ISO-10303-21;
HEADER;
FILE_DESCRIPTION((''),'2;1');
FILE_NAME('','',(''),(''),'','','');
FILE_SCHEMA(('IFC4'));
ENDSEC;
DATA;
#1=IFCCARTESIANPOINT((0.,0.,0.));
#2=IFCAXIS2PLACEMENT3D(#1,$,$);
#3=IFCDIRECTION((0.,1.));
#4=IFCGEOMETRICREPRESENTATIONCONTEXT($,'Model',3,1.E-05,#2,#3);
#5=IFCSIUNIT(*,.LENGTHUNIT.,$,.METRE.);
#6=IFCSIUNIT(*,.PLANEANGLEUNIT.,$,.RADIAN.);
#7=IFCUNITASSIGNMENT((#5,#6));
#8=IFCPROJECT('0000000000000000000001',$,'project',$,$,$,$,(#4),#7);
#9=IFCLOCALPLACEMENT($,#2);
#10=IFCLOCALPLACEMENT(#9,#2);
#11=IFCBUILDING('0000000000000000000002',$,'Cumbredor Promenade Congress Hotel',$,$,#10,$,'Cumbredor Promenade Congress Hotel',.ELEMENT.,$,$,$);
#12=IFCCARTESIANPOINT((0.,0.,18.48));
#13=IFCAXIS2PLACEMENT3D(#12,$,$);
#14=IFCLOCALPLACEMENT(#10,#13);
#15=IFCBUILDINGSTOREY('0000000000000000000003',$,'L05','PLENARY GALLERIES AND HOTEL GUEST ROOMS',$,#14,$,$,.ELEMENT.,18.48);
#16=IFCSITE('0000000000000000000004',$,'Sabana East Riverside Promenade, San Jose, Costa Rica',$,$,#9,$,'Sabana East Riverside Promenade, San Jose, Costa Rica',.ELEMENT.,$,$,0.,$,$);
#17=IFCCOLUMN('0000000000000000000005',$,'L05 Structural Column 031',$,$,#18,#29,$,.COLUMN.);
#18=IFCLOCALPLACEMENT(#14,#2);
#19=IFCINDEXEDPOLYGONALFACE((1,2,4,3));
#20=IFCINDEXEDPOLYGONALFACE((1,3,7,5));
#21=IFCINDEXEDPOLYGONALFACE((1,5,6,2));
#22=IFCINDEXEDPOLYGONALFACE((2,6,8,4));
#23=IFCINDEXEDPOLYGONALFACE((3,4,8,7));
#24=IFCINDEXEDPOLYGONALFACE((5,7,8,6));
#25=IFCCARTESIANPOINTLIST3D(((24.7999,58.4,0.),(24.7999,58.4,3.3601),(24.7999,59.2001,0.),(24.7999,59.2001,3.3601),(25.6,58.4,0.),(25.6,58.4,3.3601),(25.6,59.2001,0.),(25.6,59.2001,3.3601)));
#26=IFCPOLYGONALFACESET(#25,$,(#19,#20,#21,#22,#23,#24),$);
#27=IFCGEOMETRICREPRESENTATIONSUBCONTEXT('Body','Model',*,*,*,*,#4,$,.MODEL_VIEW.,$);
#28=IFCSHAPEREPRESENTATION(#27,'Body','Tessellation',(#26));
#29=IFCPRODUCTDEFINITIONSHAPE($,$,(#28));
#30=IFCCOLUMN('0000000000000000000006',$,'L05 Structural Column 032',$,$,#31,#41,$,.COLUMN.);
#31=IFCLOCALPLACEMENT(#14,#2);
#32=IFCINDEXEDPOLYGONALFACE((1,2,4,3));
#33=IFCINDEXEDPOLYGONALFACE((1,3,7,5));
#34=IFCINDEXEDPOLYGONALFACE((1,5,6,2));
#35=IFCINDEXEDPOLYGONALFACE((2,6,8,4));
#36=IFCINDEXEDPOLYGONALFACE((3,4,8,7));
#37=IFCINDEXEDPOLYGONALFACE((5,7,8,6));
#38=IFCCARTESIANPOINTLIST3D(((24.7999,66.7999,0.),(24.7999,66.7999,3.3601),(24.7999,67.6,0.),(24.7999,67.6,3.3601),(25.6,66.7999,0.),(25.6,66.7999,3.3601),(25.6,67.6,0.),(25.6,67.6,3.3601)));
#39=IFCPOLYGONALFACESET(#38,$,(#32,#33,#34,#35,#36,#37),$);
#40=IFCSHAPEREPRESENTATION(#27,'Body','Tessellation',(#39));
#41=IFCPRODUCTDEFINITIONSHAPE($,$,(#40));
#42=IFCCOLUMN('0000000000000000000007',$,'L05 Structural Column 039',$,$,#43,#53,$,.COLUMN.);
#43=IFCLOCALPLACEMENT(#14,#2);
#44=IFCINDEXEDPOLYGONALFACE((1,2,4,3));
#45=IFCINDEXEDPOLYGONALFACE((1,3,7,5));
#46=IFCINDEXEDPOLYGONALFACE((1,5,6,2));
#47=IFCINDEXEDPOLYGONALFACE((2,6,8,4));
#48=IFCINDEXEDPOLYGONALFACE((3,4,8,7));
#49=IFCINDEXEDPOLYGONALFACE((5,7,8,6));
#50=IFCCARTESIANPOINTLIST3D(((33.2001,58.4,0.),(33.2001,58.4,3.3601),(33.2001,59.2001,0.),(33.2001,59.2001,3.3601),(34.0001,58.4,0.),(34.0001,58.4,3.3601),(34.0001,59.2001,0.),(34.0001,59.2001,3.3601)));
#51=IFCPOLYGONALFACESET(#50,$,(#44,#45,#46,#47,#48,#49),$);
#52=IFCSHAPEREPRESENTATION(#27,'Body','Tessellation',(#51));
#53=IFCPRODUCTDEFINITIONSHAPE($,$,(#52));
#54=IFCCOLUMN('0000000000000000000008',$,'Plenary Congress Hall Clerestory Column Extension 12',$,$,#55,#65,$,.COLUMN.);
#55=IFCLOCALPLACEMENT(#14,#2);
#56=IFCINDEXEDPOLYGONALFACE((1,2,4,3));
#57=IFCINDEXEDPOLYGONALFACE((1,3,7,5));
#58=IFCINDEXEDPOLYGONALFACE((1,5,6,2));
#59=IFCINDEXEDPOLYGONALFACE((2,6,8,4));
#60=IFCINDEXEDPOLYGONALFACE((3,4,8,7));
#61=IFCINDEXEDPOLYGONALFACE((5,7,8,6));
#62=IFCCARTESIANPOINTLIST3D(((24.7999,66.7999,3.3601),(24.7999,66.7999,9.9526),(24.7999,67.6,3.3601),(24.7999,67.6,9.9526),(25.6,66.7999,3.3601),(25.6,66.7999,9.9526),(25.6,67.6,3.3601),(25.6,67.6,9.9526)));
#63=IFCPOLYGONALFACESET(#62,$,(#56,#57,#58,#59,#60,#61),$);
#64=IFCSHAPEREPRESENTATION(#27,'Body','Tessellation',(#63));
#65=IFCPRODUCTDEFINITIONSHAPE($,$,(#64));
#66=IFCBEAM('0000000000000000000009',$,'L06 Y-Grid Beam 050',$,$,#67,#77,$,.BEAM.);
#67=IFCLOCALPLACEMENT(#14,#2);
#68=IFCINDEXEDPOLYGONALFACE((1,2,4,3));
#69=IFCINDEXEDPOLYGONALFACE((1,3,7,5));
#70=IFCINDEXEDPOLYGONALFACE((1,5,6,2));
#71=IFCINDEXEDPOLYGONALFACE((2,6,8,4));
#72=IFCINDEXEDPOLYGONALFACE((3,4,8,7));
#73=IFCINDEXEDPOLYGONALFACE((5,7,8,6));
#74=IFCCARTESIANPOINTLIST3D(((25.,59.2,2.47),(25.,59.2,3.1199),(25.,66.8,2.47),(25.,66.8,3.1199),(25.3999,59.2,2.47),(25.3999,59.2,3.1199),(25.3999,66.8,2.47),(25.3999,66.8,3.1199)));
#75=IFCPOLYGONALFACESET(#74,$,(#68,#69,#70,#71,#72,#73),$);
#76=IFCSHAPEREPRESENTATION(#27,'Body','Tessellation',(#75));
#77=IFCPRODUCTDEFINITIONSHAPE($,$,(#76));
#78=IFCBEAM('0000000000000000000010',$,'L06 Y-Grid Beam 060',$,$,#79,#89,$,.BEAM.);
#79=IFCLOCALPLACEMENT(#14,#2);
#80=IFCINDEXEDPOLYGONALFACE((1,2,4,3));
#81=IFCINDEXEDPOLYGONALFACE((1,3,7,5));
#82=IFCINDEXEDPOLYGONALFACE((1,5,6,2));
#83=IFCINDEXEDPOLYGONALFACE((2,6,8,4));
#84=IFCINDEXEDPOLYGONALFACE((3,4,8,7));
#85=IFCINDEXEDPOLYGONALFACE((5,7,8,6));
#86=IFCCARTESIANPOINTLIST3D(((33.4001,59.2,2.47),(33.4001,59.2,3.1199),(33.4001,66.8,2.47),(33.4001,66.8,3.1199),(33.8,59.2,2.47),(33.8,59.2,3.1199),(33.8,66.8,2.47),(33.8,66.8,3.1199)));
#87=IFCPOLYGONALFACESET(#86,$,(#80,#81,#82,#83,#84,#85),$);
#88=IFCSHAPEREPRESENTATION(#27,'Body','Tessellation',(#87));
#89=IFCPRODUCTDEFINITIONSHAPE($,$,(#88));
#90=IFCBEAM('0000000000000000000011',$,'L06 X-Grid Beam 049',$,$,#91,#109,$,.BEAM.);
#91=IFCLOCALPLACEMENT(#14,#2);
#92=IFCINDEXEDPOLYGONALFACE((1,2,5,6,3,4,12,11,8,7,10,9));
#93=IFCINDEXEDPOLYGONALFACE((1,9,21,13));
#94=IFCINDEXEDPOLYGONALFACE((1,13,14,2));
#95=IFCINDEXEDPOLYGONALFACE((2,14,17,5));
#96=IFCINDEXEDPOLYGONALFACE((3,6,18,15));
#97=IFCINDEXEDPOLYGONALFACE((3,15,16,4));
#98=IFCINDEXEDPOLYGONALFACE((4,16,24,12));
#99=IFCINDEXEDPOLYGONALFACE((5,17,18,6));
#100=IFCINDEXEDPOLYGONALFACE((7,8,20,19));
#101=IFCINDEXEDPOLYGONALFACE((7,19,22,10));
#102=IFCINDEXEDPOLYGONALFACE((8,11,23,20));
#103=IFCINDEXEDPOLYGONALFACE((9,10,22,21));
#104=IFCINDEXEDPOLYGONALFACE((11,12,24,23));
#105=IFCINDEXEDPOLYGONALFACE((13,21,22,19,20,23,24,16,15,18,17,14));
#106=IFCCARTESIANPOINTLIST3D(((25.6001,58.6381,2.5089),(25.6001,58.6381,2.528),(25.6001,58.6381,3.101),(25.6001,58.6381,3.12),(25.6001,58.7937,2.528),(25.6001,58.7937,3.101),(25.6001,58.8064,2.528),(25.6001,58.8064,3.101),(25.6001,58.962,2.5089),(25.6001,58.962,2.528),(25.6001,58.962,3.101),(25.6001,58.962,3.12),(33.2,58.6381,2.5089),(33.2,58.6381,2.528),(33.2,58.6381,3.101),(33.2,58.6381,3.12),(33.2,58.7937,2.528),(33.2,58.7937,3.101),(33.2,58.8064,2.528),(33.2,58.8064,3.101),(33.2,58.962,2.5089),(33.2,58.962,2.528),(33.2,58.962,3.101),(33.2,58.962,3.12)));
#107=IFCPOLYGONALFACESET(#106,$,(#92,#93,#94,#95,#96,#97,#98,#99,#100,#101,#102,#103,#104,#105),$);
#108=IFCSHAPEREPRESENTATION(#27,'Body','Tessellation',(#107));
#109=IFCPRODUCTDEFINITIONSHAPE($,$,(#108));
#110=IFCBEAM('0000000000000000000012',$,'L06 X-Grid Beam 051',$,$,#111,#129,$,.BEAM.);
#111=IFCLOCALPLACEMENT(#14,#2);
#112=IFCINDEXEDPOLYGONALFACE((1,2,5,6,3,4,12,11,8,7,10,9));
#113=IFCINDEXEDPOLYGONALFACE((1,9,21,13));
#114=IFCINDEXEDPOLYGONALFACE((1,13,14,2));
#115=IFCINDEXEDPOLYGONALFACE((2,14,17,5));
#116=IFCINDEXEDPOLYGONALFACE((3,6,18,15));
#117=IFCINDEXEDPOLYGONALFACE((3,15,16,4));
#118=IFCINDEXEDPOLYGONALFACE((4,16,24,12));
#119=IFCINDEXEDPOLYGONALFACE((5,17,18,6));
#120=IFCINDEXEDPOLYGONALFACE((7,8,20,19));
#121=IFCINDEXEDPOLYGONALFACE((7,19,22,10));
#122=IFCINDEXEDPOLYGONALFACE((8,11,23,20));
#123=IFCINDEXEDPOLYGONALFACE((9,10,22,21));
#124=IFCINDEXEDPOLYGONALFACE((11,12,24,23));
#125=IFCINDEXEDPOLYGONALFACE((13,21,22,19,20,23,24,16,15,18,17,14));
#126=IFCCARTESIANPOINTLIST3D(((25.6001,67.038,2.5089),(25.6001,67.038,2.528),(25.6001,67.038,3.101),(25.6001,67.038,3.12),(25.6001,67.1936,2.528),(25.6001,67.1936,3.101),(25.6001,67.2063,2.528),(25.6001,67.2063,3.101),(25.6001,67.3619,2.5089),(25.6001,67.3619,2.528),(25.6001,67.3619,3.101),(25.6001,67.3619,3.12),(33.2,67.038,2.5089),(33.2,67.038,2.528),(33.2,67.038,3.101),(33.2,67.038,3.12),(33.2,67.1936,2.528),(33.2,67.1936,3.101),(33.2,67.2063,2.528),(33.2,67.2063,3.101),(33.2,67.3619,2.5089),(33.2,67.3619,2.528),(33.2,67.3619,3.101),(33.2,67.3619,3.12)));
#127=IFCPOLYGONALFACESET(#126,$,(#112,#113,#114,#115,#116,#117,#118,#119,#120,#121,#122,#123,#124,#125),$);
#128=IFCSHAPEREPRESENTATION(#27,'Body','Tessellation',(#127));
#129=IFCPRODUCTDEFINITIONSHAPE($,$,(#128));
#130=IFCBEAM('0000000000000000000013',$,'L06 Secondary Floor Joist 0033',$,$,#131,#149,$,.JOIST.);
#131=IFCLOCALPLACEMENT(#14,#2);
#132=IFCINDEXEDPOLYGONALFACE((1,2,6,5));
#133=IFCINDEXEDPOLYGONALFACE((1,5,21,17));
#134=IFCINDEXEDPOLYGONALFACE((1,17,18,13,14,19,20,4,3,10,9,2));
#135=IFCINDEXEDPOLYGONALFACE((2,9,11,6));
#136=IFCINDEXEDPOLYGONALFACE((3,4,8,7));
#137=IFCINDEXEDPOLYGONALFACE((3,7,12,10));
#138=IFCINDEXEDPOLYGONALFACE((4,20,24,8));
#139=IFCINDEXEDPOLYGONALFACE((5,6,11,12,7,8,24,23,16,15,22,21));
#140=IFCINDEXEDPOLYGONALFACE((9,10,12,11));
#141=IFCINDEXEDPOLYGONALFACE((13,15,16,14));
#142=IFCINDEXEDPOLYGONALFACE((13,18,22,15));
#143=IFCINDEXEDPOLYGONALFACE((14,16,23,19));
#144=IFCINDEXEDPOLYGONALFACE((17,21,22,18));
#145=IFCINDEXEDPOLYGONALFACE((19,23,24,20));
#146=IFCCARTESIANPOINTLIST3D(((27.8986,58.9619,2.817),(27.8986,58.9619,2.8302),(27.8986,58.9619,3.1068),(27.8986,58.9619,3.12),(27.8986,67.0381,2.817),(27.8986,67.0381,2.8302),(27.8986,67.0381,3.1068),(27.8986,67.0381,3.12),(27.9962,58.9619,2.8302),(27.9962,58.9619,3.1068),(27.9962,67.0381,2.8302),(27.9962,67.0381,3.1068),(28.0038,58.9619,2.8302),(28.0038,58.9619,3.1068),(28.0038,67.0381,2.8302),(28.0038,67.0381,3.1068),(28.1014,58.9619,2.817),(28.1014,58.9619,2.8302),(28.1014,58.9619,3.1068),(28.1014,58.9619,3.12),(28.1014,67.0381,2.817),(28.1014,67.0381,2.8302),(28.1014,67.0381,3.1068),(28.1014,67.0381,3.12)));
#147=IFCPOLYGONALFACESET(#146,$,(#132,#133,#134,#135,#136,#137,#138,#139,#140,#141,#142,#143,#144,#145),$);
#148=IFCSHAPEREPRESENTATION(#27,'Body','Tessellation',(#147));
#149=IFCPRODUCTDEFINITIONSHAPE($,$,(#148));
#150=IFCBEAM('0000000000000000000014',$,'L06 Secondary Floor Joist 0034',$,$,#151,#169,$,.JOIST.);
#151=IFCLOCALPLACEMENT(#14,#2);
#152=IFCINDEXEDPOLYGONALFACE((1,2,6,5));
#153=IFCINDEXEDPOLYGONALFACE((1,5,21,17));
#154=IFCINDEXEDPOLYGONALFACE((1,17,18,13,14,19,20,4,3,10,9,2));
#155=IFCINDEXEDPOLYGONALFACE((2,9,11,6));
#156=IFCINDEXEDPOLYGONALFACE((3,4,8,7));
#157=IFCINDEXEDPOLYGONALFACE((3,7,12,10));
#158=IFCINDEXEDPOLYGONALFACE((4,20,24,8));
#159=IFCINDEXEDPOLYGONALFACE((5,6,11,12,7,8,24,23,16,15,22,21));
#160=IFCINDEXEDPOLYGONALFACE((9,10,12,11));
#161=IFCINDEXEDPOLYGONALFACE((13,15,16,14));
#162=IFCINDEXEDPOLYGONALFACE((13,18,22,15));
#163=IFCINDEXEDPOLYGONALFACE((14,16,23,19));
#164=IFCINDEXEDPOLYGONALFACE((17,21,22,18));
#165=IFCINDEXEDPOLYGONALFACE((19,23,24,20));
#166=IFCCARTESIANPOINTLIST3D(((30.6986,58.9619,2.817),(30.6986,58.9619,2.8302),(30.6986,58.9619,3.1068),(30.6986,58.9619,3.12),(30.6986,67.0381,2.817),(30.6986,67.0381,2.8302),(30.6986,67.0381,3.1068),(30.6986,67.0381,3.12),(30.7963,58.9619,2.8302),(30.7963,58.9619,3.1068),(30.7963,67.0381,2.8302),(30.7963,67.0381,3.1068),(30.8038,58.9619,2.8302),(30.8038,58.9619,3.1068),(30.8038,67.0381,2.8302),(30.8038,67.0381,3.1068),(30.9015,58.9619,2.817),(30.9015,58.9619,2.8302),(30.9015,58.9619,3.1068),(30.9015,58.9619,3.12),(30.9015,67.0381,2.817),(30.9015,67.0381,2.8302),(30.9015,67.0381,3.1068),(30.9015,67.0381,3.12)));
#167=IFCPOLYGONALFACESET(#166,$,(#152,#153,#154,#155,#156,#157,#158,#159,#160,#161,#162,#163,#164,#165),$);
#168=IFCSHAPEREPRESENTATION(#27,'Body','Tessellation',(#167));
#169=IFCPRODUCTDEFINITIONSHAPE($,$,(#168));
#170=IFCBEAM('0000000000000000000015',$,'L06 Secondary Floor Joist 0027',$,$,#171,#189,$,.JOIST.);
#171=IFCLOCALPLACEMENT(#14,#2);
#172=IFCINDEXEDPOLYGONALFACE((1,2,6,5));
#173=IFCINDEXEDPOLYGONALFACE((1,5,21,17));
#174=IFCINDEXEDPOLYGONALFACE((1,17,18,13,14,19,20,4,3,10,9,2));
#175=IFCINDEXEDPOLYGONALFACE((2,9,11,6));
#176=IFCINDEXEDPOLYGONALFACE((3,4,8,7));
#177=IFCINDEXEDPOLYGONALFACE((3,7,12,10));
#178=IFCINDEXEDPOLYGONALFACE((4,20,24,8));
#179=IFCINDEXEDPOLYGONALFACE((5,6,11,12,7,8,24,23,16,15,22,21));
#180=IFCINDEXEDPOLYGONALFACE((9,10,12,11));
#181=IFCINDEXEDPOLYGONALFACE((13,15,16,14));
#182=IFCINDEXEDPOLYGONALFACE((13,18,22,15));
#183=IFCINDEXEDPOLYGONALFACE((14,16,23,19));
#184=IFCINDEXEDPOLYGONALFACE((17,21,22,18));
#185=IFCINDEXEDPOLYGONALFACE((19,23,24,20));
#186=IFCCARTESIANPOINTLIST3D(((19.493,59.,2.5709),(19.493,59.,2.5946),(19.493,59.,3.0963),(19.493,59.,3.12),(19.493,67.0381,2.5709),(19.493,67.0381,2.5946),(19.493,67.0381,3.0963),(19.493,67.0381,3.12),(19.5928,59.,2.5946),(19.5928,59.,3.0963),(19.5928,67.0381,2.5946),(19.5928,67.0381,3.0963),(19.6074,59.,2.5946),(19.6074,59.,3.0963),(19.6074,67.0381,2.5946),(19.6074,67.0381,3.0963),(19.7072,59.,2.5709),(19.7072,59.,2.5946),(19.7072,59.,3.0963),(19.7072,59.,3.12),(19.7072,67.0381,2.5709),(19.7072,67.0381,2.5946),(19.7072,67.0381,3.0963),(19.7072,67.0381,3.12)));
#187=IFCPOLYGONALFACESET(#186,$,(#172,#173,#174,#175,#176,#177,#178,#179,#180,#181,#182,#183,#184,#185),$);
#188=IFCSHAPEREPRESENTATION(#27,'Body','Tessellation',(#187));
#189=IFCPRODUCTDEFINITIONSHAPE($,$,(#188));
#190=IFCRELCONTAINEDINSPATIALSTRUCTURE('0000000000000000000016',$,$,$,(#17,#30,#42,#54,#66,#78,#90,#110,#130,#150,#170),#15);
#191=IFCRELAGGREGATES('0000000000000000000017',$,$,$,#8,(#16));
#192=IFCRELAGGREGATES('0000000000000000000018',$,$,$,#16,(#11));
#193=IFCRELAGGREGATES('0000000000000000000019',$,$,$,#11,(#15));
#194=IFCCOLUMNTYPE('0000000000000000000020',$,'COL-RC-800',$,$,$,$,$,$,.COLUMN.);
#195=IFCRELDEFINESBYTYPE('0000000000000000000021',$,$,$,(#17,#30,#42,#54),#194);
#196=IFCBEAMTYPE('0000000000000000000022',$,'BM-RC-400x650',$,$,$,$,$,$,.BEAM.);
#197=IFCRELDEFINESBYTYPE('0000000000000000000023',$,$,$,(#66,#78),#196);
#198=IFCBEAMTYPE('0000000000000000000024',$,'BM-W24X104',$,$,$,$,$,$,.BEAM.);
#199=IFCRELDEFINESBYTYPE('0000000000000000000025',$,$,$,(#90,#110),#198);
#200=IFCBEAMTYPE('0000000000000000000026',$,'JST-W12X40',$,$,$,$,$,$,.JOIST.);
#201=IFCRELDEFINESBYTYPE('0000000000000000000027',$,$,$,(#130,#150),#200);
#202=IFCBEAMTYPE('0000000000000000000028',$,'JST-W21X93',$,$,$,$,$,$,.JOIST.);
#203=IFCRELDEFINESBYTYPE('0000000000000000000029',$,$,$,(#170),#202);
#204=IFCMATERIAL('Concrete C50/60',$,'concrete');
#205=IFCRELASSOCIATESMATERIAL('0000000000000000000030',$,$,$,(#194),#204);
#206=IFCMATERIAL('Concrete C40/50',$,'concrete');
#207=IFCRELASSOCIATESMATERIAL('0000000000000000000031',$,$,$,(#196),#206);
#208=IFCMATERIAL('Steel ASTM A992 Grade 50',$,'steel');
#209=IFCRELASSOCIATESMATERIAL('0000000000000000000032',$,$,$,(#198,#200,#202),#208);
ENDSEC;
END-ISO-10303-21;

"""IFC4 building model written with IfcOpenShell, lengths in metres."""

from ifc_helpers import new_model, si_unit, direction, frame, origin, origin_2d, place, context, subcontext, project, spatial, rectangle, i_section, extrude, material, material_profile, profile_set, type_object, element, save


model = new_model("IFC4")

# Units and contexts
model_context = context("Model", 3, precision=1e-05, world=origin(), true_north=direction((0.0, 1.0)))
body_context = subcontext(model_context, "Body", "Model", "MODEL_VIEW")
ifc_project = project(units=[si_unit("LENGTHUNIT", "METRE"), si_unit("PLANEANGLEUNIT", "RADIAN")], contexts=[model_context])

# Site, building, storey
site_placement = place(None, origin())
site = spatial("IfcSite", under=ifc_project, at=site_placement, Name="Sabana East Riverside Promenade, San Jose, Costa Rica", LongName="Sabana East Riverside Promenade, San Jose, Costa Rica", CompositionType="ELEMENT", RefElevation=0.0)
building_placement = place(site_placement, origin())
building = spatial("IfcBuilding", under=site, at=building_placement, Name="Cumbredor Promenade Congress Hotel", LongName="Cumbredor Promenade Congress Hotel", CompositionType="ELEMENT")
storey_placement = place(building_placement, frame((0.0, 0.0, 18.48)))
storey = spatial("IfcBuildingStorey", under=building, at=storey_placement, Name="L05", Description="PLENARY GALLERIES AND HOTEL GUEST ROOMS", CompositionType="ELEMENT", Elevation=18.48)

# Columns
ifc_material_1 = material(Name="Concrete C50/60", Category="concrete")
ifc_material_profile_1 = material_profile(ifc_material_1, rectangle(XDim=0.8, YDim=0.8, at=origin_2d()), Name="RC 800x800")
ifc_profile_set_1 = profile_set([ifc_material_profile_1], Name="Concrete C50/60")
column_type = type_object("IfcColumnType", Name="COL-RC-800", PredefinedType="COLUMN", material=ifc_profile_set_1)
for number, where, z_axis, x_axis, name in (
    (1, (25.2, 58.8, 0.0), (0.0, 0.0, 1.0), (1.0, 0.0, 0.0), "L05 Structural Column 031"),
    (2, (25.2, 67.2, 0.0), (0.0, 0.0, 1.0), (1.0, 0.0, 0.0), "L05 Structural Column 032"),
    (3, (33.6001, 58.8, 0.0), (0.0, 0.0, 1.0), (1.0, 0.0, 0.0), "L05 Structural Column 039"),
):
    element("IfcColumn", number, at=place(storey_placement, frame(where, z_axis=z_axis, x_axis=x_axis)), inside=storey, type_object=column_type, Name=name, PredefinedType="COLUMN", context=body_context, shape_type="SweptSolid", body=[
        extrude(rectangle(XDim=0.8, YDim=0.8, at=origin_2d()), origin(), (0.0, 0.0, 1.0), 3.3601),
    ])
column_placement = place(storey_placement, frame((25.2, 67.2, 3.3601), z_axis=(0.0, 0.0, 1.0), x_axis=(1.0, 0.0, 0.0)))
element("IfcColumn", 4, at=column_placement, inside=storey, type_object=column_type, Name="Plenary Congress Hall Clerestory Column Extension 12", PredefinedType="COLUMN", context=body_context, shape_type="SweptSolid", body=[
    extrude(rectangle(XDim=0.8, YDim=0.8, at=origin_2d()), origin(), (0.0, 0.0, 1.0), 6.5925),
])

# Beams
ifc_material_2 = material(Name="Concrete C40/50", Category="concrete")
ifc_material_profile_2 = material_profile(ifc_material_2, rectangle(XDim=0.3999, YDim=0.6499, at=origin_2d()), Name="RC BEAM 400x650")
ifc_profile_set_2 = profile_set([ifc_material_profile_2], Name="Concrete C40/50")
beam_type_1 = type_object("IfcBeamType", Name="BM-RC-400x650", PredefinedType="BEAM", material=ifc_profile_set_2)
for number, where, z_axis, x_axis, name in (
    (5, (25.2, 59.2, 2.7949), (0.0, 1.0, 0.0), (-1.0, 0.0, 0.0), "L06 Y-Grid Beam 050"),
    (6, (33.6001, 59.2, 2.7949), (0.0, 1.0, 0.0), (-1.0, 0.0, 0.0), "L06 Y-Grid Beam 060"),
):
    element("IfcBeam", number, at=place(storey_placement, frame(where, z_axis=z_axis, x_axis=x_axis)), inside=storey, type_object=beam_type_1, Name=name, PredefinedType="BEAM", context=body_context, shape_type="SweptSolid", body=[
        extrude(rectangle(XDim=0.3999, YDim=0.6499, at=origin_2d()), origin(), (0.0, 0.0, 1.0), 7.6001),
    ])
ifc_material_3 = material(Name="Steel ASTM A992 Grade 50", Category="steel")
ifc_material_profile_3 = material_profile(ifc_material_3, i_section(OverallWidth=0.324, OverallDepth=0.6111, WebThickness=0.0127, FlangeThickness=0.019, at=origin_2d()), Name="W24X104")
ifc_profile_set_3 = profile_set([ifc_material_profile_3], Name="Steel ASTM A992 Grade 50")
beam_type_2 = type_object("IfcBeamType", Name="BM-W24X104", PredefinedType="BEAM", material=ifc_profile_set_3)
for number, where, z_axis, x_axis, name in (
    (7, (25.6001, 58.8, 2.8145), (1.0, 0.0, 0.0), (0.0, 1.0, 0.0), "L06 X-Grid Beam 049"),
    (8, (25.6001, 67.2, 2.8145), (1.0, 0.0, 0.0), (0.0, 1.0, 0.0), "L06 X-Grid Beam 051"),
):
    element("IfcBeam", number, at=place(storey_placement, frame(where, z_axis=z_axis, x_axis=x_axis)), inside=storey, type_object=beam_type_2, Name=name, PredefinedType="BEAM", context=body_context, shape_type="SweptSolid", body=[
        extrude(i_section(OverallWidth=0.324, OverallDepth=0.6111, WebThickness=0.0127, FlangeThickness=0.019, at=origin_2d()), origin(), (0.0, 0.0, 1.0), 7.5999),
    ])
ifc_material_profile_4 = material_profile(ifc_material_3, i_section(OverallWidth=0.2029, OverallDepth=0.303, WebThickness=0.0076, FlangeThickness=0.0132, at=origin_2d()), Name="W12X40")
ifc_profile_set_4 = profile_set([ifc_material_profile_4], Name="Steel ASTM A992 Grade 50")
beam_type_3 = type_object("IfcBeamType", Name="JST-W12X40", PredefinedType="JOIST", material=ifc_profile_set_4)
for number, where, z_axis, x_axis, name in (
    (9, (28.0, 58.9619, 2.9685), (0.0, 1.0, 0.0), (-1.0, 0.0, 0.0), "L06 Secondary Floor Joist 0033"),
    (10, (30.8, 58.9619, 2.9685), (0.0, 1.0, 0.0), (-1.0, 0.0, 0.0), "L06 Secondary Floor Joist 0034"),
):
    element("IfcBeam", number, at=place(storey_placement, frame(where, z_axis=z_axis, x_axis=x_axis)), inside=storey, type_object=beam_type_3, Name=name, PredefinedType="JOIST", context=body_context, shape_type="SweptSolid", body=[
        extrude(i_section(OverallWidth=0.2029, OverallDepth=0.303, WebThickness=0.0076, FlangeThickness=0.0132, at=origin_2d()), origin(), (0.0, 0.0, 1.0), 8.0762),
    ])
ifc_material_profile_5 = material_profile(ifc_material_3, i_section(OverallWidth=0.2141, OverallDepth=0.5491, WebThickness=0.0146, FlangeThickness=0.0237, at=origin_2d()), Name="W21X93")
ifc_profile_set_5 = profile_set([ifc_material_profile_5], Name="Steel ASTM A992 Grade 50")
beam_type_4 = type_object("IfcBeamType", Name="JST-W21X93", PredefinedType="JOIST", material=ifc_profile_set_5)
for number, where, z_axis, x_axis, name in (
    (11, (19.6001, 59.0, 2.8455), (0.0, 1.0, 0.0), (-1.0, 0.0, 0.0), "L06 Secondary Floor Joist 0027"),
):
    element("IfcBeam", number, at=place(storey_placement, frame(where, z_axis=z_axis, x_axis=x_axis)), inside=storey, type_object=beam_type_4, Name=name, PredefinedType="JOIST", context=body_context, shape_type="SweptSolid", body=[
        extrude(i_section(OverallWidth=0.2141, OverallDepth=0.5491, WebThickness=0.0146, FlangeThickness=0.0237, at=origin_2d()), origin(), (0.0, 0.0, 1.0), 8.0381),
    ])

save(model, "model.ifc")
